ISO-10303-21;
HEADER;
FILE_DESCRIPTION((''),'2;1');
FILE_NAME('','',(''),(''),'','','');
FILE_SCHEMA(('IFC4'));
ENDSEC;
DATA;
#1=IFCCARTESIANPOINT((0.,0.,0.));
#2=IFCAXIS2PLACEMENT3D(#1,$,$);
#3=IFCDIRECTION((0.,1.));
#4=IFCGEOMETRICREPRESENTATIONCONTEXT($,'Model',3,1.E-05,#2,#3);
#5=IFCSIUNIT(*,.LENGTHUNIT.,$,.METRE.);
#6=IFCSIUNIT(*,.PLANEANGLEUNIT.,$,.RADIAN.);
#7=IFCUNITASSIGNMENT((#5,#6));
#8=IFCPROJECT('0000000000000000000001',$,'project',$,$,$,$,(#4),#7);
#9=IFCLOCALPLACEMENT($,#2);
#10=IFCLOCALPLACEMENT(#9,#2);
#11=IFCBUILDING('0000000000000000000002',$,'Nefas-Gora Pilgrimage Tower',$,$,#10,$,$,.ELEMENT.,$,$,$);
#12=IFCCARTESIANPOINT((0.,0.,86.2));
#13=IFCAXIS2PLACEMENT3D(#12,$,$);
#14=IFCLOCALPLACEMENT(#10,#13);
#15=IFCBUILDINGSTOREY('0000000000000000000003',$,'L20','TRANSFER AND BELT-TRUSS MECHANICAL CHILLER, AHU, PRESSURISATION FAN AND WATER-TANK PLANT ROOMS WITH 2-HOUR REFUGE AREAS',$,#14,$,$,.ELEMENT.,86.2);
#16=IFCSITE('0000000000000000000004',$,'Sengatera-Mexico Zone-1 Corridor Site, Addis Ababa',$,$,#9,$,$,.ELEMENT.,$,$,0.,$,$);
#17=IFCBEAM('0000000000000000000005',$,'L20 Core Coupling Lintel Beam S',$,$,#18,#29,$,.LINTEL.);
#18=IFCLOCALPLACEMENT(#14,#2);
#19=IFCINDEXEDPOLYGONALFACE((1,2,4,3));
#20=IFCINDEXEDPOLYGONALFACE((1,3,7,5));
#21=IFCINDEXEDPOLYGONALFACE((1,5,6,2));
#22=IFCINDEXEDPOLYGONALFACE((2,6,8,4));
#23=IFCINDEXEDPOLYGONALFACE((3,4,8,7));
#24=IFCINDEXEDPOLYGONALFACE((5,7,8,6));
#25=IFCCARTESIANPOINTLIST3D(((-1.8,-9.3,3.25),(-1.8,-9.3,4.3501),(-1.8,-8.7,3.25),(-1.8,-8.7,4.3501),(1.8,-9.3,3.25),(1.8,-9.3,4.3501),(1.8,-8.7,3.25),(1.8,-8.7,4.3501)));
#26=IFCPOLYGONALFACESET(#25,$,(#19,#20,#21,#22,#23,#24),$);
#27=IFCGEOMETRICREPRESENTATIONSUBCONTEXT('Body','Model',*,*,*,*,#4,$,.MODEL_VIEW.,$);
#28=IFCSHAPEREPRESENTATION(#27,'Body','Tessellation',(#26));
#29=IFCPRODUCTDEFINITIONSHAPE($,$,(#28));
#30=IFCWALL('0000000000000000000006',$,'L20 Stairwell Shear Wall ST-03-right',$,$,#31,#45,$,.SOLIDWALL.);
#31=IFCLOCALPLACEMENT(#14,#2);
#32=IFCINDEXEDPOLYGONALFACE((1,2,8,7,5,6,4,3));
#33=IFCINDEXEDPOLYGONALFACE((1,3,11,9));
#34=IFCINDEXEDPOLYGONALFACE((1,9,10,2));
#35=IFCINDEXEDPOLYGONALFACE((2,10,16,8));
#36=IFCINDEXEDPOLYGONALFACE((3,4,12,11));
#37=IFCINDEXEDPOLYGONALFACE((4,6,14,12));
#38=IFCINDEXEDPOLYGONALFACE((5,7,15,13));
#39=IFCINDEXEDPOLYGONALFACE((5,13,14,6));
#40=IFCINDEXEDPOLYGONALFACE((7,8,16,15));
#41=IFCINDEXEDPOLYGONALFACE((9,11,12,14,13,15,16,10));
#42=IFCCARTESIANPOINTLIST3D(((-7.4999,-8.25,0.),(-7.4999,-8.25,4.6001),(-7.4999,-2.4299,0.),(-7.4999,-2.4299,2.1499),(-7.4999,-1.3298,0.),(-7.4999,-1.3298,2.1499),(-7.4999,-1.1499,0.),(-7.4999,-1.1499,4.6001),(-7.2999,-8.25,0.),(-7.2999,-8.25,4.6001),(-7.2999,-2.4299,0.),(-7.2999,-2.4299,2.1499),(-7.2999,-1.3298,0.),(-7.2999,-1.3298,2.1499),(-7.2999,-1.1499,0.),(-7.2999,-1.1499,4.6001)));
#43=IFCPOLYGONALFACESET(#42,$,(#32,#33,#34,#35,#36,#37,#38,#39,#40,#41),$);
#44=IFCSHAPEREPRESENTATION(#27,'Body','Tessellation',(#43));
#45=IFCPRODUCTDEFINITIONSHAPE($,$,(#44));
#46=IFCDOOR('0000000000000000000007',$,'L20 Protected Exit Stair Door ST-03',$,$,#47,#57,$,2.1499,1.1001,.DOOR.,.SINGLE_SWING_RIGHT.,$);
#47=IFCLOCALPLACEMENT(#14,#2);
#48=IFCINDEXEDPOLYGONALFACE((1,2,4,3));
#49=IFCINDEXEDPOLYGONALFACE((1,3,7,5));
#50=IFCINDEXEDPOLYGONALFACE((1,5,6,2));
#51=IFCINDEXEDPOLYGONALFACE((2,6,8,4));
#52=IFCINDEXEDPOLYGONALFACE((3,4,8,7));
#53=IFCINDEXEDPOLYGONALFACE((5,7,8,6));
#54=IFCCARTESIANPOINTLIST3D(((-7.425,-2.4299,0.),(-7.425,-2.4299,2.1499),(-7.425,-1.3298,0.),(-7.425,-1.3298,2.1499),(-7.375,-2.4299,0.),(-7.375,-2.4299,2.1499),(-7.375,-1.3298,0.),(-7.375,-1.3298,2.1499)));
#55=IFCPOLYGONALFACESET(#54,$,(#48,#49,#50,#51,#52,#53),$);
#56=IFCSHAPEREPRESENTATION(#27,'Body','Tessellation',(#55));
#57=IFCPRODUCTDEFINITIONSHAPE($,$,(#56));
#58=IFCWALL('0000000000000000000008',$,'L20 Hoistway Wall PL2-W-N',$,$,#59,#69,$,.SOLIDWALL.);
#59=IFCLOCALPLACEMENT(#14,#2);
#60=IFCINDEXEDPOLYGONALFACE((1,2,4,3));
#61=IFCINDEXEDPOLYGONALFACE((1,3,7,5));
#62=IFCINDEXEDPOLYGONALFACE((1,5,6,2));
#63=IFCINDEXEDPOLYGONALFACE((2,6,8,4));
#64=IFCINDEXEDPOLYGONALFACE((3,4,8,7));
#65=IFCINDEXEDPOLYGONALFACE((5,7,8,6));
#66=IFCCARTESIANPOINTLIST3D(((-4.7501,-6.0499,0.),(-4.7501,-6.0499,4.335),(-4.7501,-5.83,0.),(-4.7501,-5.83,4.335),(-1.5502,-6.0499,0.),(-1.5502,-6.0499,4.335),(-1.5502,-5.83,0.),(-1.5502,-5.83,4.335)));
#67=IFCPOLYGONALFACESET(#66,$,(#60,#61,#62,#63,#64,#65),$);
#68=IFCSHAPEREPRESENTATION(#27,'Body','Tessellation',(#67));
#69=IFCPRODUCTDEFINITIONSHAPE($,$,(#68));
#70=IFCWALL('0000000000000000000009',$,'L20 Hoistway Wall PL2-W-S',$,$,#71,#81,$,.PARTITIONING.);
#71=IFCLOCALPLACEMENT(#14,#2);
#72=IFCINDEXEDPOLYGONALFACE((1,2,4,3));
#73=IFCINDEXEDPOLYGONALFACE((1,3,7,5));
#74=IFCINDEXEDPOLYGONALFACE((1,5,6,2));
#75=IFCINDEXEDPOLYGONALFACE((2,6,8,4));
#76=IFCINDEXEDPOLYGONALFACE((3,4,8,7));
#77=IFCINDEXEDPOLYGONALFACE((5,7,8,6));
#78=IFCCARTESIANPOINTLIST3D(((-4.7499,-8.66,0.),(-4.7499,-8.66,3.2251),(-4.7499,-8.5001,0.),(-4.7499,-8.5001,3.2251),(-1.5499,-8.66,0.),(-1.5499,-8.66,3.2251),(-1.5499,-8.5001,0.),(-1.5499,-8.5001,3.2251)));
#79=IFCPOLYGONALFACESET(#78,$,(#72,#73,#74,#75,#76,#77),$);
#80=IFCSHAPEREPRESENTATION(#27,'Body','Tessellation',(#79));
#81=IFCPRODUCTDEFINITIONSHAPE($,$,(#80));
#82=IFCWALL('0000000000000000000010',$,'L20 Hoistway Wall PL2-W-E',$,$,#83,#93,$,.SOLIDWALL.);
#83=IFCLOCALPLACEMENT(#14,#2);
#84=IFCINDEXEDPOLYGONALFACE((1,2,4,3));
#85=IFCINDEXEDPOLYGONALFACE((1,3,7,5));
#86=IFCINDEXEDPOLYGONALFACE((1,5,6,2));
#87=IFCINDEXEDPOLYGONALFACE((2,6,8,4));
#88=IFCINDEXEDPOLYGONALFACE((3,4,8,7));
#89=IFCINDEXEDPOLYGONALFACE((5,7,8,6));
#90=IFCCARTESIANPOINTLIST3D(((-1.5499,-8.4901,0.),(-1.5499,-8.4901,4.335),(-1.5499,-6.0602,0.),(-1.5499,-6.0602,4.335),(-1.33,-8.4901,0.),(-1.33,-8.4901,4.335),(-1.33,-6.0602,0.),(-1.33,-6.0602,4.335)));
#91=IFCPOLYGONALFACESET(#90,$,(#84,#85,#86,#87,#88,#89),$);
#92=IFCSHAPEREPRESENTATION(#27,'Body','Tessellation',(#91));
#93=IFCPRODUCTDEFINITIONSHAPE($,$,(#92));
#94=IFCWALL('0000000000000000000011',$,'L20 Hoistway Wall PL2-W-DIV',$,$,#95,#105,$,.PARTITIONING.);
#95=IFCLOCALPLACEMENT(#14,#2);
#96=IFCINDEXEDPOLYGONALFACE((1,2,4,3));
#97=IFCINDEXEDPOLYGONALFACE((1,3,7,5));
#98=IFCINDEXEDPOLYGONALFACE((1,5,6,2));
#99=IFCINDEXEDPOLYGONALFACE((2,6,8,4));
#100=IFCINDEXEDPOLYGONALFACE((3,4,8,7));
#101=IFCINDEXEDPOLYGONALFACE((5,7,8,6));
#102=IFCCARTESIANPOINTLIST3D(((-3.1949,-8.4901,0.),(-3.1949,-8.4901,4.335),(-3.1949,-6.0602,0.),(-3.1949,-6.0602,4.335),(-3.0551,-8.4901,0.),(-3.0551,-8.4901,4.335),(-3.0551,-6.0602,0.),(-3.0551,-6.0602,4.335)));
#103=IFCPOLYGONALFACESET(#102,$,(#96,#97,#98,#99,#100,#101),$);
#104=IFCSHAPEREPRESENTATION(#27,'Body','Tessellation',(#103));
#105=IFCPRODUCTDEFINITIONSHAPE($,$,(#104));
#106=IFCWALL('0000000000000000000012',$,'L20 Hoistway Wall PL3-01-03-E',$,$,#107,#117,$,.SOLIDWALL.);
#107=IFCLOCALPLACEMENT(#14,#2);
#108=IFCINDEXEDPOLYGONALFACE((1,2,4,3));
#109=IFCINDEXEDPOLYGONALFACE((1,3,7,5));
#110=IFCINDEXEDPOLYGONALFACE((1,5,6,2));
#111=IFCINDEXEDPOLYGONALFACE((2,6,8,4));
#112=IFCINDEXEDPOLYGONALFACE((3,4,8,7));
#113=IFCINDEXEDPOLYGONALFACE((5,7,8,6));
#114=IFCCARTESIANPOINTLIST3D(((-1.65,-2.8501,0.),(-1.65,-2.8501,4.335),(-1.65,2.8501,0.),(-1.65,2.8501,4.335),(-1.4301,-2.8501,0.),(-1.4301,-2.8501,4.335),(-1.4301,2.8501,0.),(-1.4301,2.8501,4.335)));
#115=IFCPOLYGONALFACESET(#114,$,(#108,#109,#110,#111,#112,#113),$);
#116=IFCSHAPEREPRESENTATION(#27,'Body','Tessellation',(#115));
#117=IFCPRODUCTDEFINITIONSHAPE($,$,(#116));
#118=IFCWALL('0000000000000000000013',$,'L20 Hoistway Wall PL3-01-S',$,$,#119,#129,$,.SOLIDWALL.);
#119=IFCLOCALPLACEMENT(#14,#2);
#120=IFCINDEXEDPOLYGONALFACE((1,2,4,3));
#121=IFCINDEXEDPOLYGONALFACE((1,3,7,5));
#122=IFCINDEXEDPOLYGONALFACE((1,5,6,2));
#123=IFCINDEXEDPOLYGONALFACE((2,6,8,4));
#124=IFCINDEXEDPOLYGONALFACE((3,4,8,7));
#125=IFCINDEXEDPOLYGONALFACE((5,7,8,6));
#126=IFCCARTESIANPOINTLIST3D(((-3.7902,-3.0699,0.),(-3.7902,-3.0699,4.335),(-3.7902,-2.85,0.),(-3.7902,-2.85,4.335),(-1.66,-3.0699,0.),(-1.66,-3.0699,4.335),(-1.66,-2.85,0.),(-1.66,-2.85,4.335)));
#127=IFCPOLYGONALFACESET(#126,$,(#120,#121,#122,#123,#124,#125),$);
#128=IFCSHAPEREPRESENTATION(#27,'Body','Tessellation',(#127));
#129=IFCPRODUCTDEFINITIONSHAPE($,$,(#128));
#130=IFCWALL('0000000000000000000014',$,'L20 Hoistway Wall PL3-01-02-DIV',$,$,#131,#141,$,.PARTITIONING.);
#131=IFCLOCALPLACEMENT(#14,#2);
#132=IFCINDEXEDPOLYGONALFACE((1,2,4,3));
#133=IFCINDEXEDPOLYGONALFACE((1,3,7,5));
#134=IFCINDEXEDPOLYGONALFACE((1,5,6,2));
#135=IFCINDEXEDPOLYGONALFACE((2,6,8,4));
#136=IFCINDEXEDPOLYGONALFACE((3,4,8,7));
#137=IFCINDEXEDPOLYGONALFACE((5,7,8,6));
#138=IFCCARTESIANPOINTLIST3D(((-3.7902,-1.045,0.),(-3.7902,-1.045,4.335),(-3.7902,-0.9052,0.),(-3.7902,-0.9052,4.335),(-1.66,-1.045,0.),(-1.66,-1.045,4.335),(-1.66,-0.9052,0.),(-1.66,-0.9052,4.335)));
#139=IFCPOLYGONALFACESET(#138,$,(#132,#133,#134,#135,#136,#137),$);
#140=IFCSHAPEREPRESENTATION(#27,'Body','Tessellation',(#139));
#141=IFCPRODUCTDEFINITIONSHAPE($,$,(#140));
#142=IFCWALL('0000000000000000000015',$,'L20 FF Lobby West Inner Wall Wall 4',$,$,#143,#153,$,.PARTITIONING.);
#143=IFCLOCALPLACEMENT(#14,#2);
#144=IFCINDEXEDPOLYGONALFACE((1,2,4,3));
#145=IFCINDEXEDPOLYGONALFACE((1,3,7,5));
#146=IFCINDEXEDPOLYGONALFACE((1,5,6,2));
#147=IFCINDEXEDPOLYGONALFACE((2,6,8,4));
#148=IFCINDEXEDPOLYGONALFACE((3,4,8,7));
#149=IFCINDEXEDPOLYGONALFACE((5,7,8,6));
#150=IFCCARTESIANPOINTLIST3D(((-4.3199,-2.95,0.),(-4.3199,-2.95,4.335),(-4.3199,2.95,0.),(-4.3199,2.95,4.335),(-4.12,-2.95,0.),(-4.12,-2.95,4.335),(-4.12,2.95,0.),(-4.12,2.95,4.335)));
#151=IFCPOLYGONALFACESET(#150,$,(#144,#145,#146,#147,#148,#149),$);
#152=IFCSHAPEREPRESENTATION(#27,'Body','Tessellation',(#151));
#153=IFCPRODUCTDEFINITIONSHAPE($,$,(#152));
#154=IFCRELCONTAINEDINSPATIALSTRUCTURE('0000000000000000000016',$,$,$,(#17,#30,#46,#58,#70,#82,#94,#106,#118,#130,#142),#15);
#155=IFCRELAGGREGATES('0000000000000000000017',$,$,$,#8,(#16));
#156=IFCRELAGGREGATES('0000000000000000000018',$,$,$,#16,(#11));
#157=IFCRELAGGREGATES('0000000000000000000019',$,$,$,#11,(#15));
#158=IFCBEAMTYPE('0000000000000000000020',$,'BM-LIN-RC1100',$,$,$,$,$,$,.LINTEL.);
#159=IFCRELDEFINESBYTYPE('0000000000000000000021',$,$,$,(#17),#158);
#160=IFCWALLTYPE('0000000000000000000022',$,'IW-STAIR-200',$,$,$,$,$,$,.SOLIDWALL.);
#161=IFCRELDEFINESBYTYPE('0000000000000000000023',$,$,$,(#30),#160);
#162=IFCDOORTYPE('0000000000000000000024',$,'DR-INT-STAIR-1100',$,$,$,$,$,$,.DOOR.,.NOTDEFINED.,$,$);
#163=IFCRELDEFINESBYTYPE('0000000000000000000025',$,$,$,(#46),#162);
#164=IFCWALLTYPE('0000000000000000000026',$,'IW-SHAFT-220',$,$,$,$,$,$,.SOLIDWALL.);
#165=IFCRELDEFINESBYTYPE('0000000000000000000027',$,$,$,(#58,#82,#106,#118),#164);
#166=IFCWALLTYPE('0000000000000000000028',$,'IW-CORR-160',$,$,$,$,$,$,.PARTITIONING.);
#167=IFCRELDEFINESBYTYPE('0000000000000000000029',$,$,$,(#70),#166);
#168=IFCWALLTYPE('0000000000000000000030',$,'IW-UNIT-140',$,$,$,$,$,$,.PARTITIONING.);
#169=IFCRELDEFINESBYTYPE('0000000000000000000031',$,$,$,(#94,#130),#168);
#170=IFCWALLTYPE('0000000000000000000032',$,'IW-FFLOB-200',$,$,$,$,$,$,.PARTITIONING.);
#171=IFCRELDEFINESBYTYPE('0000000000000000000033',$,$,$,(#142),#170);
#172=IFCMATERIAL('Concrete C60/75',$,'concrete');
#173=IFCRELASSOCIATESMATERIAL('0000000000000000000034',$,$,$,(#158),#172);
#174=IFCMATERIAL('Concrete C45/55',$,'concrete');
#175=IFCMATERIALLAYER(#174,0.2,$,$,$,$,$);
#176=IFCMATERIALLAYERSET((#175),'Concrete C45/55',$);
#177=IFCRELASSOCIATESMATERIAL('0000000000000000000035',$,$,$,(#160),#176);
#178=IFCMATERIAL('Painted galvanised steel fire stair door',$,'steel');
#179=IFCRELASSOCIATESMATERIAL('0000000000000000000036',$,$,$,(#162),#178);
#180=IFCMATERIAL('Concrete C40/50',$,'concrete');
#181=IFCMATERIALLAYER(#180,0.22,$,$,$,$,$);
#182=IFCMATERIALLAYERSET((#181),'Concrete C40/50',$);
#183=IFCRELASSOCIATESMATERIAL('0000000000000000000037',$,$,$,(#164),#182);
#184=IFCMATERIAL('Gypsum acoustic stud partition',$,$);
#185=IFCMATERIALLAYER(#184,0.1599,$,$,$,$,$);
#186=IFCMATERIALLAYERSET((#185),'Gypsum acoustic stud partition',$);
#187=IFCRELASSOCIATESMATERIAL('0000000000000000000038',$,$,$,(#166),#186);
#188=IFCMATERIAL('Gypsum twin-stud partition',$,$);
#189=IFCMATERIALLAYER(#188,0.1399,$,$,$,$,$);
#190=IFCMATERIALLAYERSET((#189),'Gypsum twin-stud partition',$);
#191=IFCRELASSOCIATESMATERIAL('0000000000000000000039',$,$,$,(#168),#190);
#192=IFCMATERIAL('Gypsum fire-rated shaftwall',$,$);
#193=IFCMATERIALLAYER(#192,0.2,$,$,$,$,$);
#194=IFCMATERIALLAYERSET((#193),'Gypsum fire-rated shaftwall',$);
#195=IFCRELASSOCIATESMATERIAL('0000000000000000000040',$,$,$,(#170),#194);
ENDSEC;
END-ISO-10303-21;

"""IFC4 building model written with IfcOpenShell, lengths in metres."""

from ifc_helpers import new_model, si_unit, direction, frame, frame_2d, origin, origin_2d, place, context, subcontext, project, spatial, rectangle, extrude, source, transform, mapped, material, layer, layer_set, material_profile, profile_set, type_object, element, fill, save


model = new_model("IFC4")

# Units and contexts
model_context = context("Model", 3, precision=1e-05, world=origin(), true_north=direction((0.0, 1.0)))
body_context = subcontext(model_context, "Body", "Model", "MODEL_VIEW")
ifc_project = project(units=[si_unit("LENGTHUNIT", "METRE"), si_unit("PLANEANGLEUNIT", "RADIAN")], contexts=[model_context])

# Site, building, storey
site_placement = place(None, origin())
site = spatial("IfcSite", under=ifc_project, at=site_placement, Name="Sengatera-Mexico Zone-1 Corridor Site, Addis Ababa", CompositionType="ELEMENT", RefElevation=0.0)
building_placement = place(site_placement, origin())
building = spatial("IfcBuilding", under=site, at=building_placement, Name="Nefas-Gora Pilgrimage Tower", CompositionType="ELEMENT")
storey_placement = place(building_placement, frame((0.0, 0.0, 86.2)))
storey = spatial("IfcBuildingStorey", under=building, at=storey_placement, Name="L20", Description="TRANSFER AND BELT-TRUSS MECHANICAL CHILLER, AHU, PRESSURISATION FAN AND WATER-TANK PLANT ROOMS WITH 2-HOUR REFUGE AREAS", CompositionType="ELEMENT", Elevation=86.2)

# Beam
ifc_material_1 = material(Name="Concrete C60/75", Category="concrete")
ifc_material_profile = material_profile(ifc_material_1, rectangle(XDim=0.6001, YDim=1.1001, at=origin_2d()), Name="RC 600x1100")
ifc_profile_set = profile_set([ifc_material_profile], Name="Concrete C60/75")
beam_type = type_object("IfcBeamType", Name="BM-LIN-RC1100", PredefinedType="LINTEL", material=ifc_profile_set)
shared_shape_1 = source(origin(), body_context, "Body", "SweptSolid", [
    extrude(rectangle(XDim=0.6001, YDim=1.1001, at=origin_2d()), origin(), (0.0, 0.0, 1.0), 3.6001),
])
beam_placement = place(storey_placement, frame((-1.8, -9.0, 3.8), z_axis=(1.0, 0.0, 0.0), x_axis=(0.0, 1.0, 0.0)))
element("IfcBeam", 1, at=beam_placement, inside=storey, type_object=beam_type, Name="L20 Core Coupling Lintel Beam S", PredefinedType="LINTEL", context=body_context, shape_type="MappedRepresentation", body=[
    mapped(shared_shape_1, transform((0.0, 0.0, 0.0), x_axis=(1.0, 0.0, 0.0), y_axis=(0.0, 1.0, 0.0), z_axis=(0.0, 0.0, 1.0), scale=1.0)),
])

# Wall, opening, door
ifc_material_2 = material(Name="Concrete C45/55", Category="concrete")
ifc_layer_1 = layer(ifc_material_2, 0.2)
ifc_layer_set_1 = layer_set([ifc_layer_1], Name="Concrete C45/55")
wall_type_1 = type_object("IfcWallType", Name="IW-STAIR-200", PredefinedType="SOLIDWALL", material=ifc_layer_set_1)
shared_shape_2 = source(origin(), body_context, "Body", "SweptSolid", [
    extrude(rectangle(XDim=7.1001, YDim=0.2, at=frame_2d((3.55, 0.0))), origin(), (0.0, 0.0, 1.0), 4.6001),
])
wall_1_placement = place(storey_placement, frame((-7.3999, -1.1499, 0.0), z_axis=(0.0, 0.0, 1.0), x_axis=(0.0, -1.0, 0.0)))
wall_1 = element("IfcWall", 2, at=wall_1_placement, inside=storey, type_object=wall_type_1, Name="L20 Stairwell Shear Wall ST-03-right", PredefinedType="SOLIDWALL", context=body_context, shape_type="MappedRepresentation", body=[
    mapped(shared_shape_2, transform((0.0, 0.0, 0.0), x_axis=(1.0, 0.0, 0.0), y_axis=(0.0, 1.0, 0.0), z_axis=(0.0, 0.0, 1.0), scale=1.0)),
])
opening_1_placement = place(wall_1_placement, frame((0.1799, 0.0, 0.0)))
opening_1 = element("IfcOpeningElement", 3, at=opening_1_placement, cuts=wall_1, PredefinedType="OPENING", context=body_context, shape_type="SweptSolid", body=[
    extrude(rectangle(XDim=1.1001, YDim=2.1499, at=frame_2d((0.55, 1.075))), frame((0.0, 0.1099, 0.0), z_axis=(0.0, -1.0, 0.0), x_axis=(1.0, 0.0, 0.0)), (0.0, 0.0, 1.0), 0.22),
])
ifc_material_3 = material(Name="Painted galvanised steel fire stair door", Category="steel")
door_type_1 = type_object("IfcDoorType", Name="DR-INT-STAIR-1100", OperationType="NOTDEFINED", PredefinedType="DOOR", material=ifc_material_3)
shared_shape_3 = source(origin(), body_context, "Body", "SweptSolid", [
    extrude(rectangle(XDim=1.1001, YDim=2.1499, at=frame_2d((0.55, 1.075))), frame((0.0, 0.0249, 0.0), z_axis=(0.0, -1.0, 0.0), x_axis=(1.0, 0.0, 0.0)), (0.0, 0.0, 1.0), 0.05),
])
door_1_placement = place(opening_1_placement, origin())
door_1 = element("IfcDoor", 4, at=door_1_placement, inside=storey, type_object=door_type_1, Name="L20 Protected Exit Stair Door ST-03", OperationType="SINGLE_SWING_RIGHT", OverallHeight=2.1499, OverallWidth=1.1001, PredefinedType="DOOR", context=body_context, shape_type="MappedRepresentation", body=[
    mapped(shared_shape_3, transform((0.0, 0.0, 0.0), x_axis=(1.0, 0.0, 0.0), y_axis=(0.0, 1.0, 0.0), z_axis=(0.0, 0.0, 1.0), scale=1.0)),
])
fill(opening_1, door_1)

# Walls
ifc_material_4 = material(Name="Concrete C40/50", Category="concrete")
ifc_layer_2 = layer(ifc_material_4, 0.22)
ifc_layer_set_2 = layer_set([ifc_layer_2], Name="Concrete C40/50")
wall_type_2 = type_object("IfcWallType", Name="IW-SHAFT-220", PredefinedType="SOLIDWALL", material=ifc_layer_set_2)
shared_shape_4 = source(origin(), body_context, "Body", "SweptSolid", [
    extrude(rectangle(XDim=3.2, YDim=0.22, at=frame_2d((1.6001, 0.0))), origin(), (0.0, 0.0, 1.0), 4.335),
])
wall_2_placement = place(storey_placement, frame((-1.55, -5.9399, 0.0), z_axis=(0.0, 0.0, 1.0), x_axis=(-1.0, 0.0, 0.0)))
element("IfcWall", 5, at=wall_2_placement, inside=storey, type_object=wall_type_2, Name="L20 Hoistway Wall PL2-W-N", PredefinedType="SOLIDWALL", context=body_context, shape_type="MappedRepresentation", body=[
    mapped(shared_shape_4, transform((0.0, 0.0, 0.0), x_axis=(1.0, 0.0, 0.0), y_axis=(0.0, 1.0, 0.0), z_axis=(0.0, 0.0, 1.0), scale=1.0)),
])
ifc_material_5 = material(Name="Gypsum acoustic stud partition")
ifc_layer_3 = layer(ifc_material_5, 0.1599)
ifc_layer_set_3 = layer_set([ifc_layer_3], Name="Gypsum acoustic stud partition")
wall_type_3 = type_object("IfcWallType", Name="IW-CORR-160", PredefinedType="PARTITIONING", material=ifc_layer_set_3)
shared_shape_5 = source(origin(), body_context, "Body", "SweptSolid", [
    extrude(rectangle(XDim=3.2, YDim=0.1599, at=frame_2d((1.6001, 0.0))), origin(), (0.0, 0.0, 1.0), 3.2251),
])
wall_3_placement = place(storey_placement, frame((-4.75, -8.5801, 0.0), z_axis=(0.0, 0.0, 1.0), x_axis=(1.0, 0.0, 0.0)))
element("IfcWall", 6, at=wall_3_placement, inside=storey, type_object=wall_type_3, Name="L20 Hoistway Wall PL2-W-S", PredefinedType="PARTITIONING", context=body_context, shape_type="MappedRepresentation", body=[
    mapped(shared_shape_5, transform((0.0, 0.0, 0.0), x_axis=(1.0, 0.0, 0.0), y_axis=(0.0, 1.0, 0.0), z_axis=(0.0, 0.0, 1.0), scale=1.0)),
])
shared_shape_6 = source(origin(), body_context, "Body", "SweptSolid", [
    extrude(rectangle(XDim=2.4299, YDim=0.22, at=frame_2d((1.2148, 0.0))), origin(), (0.0, 0.0, 1.0), 4.335),
])
for number, where, z_axis, x_axis, name in (
    (7, (-1.4399, -8.49, 0.0), (0.0, 0.0, 1.0), (0.0, 1.0, 0.0), "L20 Hoistway Wall PL2-W-E"),
):
    element("IfcWall", number, at=place(storey_placement, frame(where, z_axis=z_axis, x_axis=x_axis)), inside=storey, type_object=wall_type_2, Name=name, PredefinedType="SOLIDWALL", context=body_context, shape_type="MappedRepresentation", body=[
        mapped(shared_shape_6, transform((0.0, 0.0, 0.0), x_axis=(1.0, 0.0, 0.0), y_axis=(0.0, 1.0, 0.0), z_axis=(0.0, 0.0, 1.0), scale=1.0)),
    ])
ifc_material_6 = material(Name="Gypsum twin-stud partition")
ifc_layer_4 = layer(ifc_material_6, 0.1399)
ifc_layer_set_4 = layer_set([ifc_layer_4], Name="Gypsum twin-stud partition")
wall_type_4 = type_object("IfcWallType", Name="IW-UNIT-140", PredefinedType="PARTITIONING", material=ifc_layer_set_4)
shared_shape_7 = source(origin(), body_context, "Body", "SweptSolid", [
    extrude(rectangle(XDim=2.4299, YDim=0.1399, at=frame_2d((1.2148, 0.0))), origin(), (0.0, 0.0, 1.0), 4.335),
])
wall_4_placement = place(storey_placement, frame((-3.125, -8.49, 0.0), z_axis=(0.0, 0.0, 1.0), x_axis=(0.0, 1.0, 0.0)))
element("IfcWall", 8, at=wall_4_placement, inside=storey, type_object=wall_type_4, Name="L20 Hoistway Wall PL2-W-DIV", PredefinedType="PARTITIONING", context=body_context, shape_type="MappedRepresentation", body=[
    mapped(shared_shape_7, transform((0.0, 0.0, 0.0), x_axis=(1.0, 0.0, 0.0), y_axis=(0.0, 1.0, 0.0), z_axis=(0.0, 0.0, 1.0), scale=1.0)),
])
shared_shape_8 = source(origin(), body_context, "Body", "SweptSolid", [
    extrude(rectangle(XDim=5.7002, YDim=0.22, at=frame_2d((2.8501, 0.0))), origin(), (0.0, 0.0, 1.0), 4.335),
])
wall_5_placement = place(storey_placement, frame((-1.54, -2.8501, 0.0), z_axis=(0.0, 0.0, 1.0), x_axis=(0.0, 1.0, 0.0)))
element("IfcWall", 9, at=wall_5_placement, inside=storey, type_object=wall_type_2, Name="L20 Hoistway Wall PL3-01-03-E", PredefinedType="SOLIDWALL", context=body_context, shape_type="MappedRepresentation", body=[
    mapped(shared_shape_8, transform((0.0, 0.0, 0.0), x_axis=(1.0, 0.0, 0.0), y_axis=(0.0, 1.0, 0.0), z_axis=(0.0, 0.0, 1.0), scale=1.0)),
])
shared_shape_9 = source(origin(), body_context, "Body", "SweptSolid", [
    extrude(rectangle(XDim=2.1301, YDim=0.22, at=frame_2d((1.0649, 0.0))), origin(), (0.0, 0.0, 1.0), 4.335),
])
wall_6_placement = place(storey_placement, frame((-3.79, -2.96, 0.0), z_axis=(0.0, 0.0, 1.0), x_axis=(1.0, 0.0, 0.0)))
element("IfcWall", 10, at=wall_6_placement, inside=storey, type_object=wall_type_2, Name="L20 Hoistway Wall PL3-01-S", PredefinedType="SOLIDWALL", context=body_context, shape_type="MappedRepresentation", body=[
    mapped(shared_shape_9, transform((0.0, 0.0, 0.0), x_axis=(1.0, 0.0, 0.0), y_axis=(0.0, 1.0, 0.0), z_axis=(0.0, 0.0, 1.0), scale=1.0)),
])
shared_shape_10 = source(origin(), body_context, "Body", "SweptSolid", [
    extrude(rectangle(XDim=2.1301, YDim=0.1399, at=frame_2d((1.0649, 0.0))), origin(), (0.0, 0.0, 1.0), 4.335),
])
wall_7_placement = place(storey_placement, frame((-3.79, -0.9751, 0.0), z_axis=(0.0, 0.0, 1.0), x_axis=(1.0, 0.0, 0.0)))
element("IfcWall", 11, at=wall_7_placement, inside=storey, type_object=wall_type_4, Name="L20 Hoistway Wall PL3-01-02-DIV", PredefinedType="PARTITIONING", context=body_context, shape_type="MappedRepresentation", body=[
    mapped(shared_shape_10, transform((0.0, 0.0, 0.0), x_axis=(1.0, 0.0, 0.0), y_axis=(0.0, 1.0, 0.0), z_axis=(0.0, 0.0, 1.0), scale=1.0)),
])
ifc_material_7 = material(Name="Gypsum fire-rated shaftwall")
ifc_layer_5 = layer(ifc_material_7, 0.2)
ifc_layer_set_5 = layer_set([ifc_layer_5], Name="Gypsum fire-rated shaftwall")
wall_type_5 = type_object("IfcWallType", Name="IW-FFLOB-200", PredefinedType="PARTITIONING", material=ifc_layer_set_5)
shared_shape_11 = source(origin(), body_context, "Body", "SweptSolid", [
    extrude(rectangle(XDim=5.8999, YDim=0.2, at=frame_2d((2.95, 0.0))), origin(), (0.0, 0.0, 1.0), 4.335),
])
wall_8_placement = place(storey_placement, frame((-4.22, -2.95, 0.0), z_axis=(0.0, 0.0, 1.0), x_axis=(0.0, 1.0, 0.0)))
element("IfcWall", 12, at=wall_8_placement, inside=storey, type_object=wall_type_5, Name="L20 FF Lobby West Inner Wall Wall 4", PredefinedType="PARTITIONING", context=body_context, shape_type="MappedRepresentation", body=[
    mapped(shared_shape_11, transform((0.0, 0.0, 0.0), x_axis=(1.0, 0.0, 0.0), y_axis=(0.0, 1.0, 0.0), z_axis=(0.0, 0.0, 1.0), scale=1.0)),
])

save(model, "model.ifc")
